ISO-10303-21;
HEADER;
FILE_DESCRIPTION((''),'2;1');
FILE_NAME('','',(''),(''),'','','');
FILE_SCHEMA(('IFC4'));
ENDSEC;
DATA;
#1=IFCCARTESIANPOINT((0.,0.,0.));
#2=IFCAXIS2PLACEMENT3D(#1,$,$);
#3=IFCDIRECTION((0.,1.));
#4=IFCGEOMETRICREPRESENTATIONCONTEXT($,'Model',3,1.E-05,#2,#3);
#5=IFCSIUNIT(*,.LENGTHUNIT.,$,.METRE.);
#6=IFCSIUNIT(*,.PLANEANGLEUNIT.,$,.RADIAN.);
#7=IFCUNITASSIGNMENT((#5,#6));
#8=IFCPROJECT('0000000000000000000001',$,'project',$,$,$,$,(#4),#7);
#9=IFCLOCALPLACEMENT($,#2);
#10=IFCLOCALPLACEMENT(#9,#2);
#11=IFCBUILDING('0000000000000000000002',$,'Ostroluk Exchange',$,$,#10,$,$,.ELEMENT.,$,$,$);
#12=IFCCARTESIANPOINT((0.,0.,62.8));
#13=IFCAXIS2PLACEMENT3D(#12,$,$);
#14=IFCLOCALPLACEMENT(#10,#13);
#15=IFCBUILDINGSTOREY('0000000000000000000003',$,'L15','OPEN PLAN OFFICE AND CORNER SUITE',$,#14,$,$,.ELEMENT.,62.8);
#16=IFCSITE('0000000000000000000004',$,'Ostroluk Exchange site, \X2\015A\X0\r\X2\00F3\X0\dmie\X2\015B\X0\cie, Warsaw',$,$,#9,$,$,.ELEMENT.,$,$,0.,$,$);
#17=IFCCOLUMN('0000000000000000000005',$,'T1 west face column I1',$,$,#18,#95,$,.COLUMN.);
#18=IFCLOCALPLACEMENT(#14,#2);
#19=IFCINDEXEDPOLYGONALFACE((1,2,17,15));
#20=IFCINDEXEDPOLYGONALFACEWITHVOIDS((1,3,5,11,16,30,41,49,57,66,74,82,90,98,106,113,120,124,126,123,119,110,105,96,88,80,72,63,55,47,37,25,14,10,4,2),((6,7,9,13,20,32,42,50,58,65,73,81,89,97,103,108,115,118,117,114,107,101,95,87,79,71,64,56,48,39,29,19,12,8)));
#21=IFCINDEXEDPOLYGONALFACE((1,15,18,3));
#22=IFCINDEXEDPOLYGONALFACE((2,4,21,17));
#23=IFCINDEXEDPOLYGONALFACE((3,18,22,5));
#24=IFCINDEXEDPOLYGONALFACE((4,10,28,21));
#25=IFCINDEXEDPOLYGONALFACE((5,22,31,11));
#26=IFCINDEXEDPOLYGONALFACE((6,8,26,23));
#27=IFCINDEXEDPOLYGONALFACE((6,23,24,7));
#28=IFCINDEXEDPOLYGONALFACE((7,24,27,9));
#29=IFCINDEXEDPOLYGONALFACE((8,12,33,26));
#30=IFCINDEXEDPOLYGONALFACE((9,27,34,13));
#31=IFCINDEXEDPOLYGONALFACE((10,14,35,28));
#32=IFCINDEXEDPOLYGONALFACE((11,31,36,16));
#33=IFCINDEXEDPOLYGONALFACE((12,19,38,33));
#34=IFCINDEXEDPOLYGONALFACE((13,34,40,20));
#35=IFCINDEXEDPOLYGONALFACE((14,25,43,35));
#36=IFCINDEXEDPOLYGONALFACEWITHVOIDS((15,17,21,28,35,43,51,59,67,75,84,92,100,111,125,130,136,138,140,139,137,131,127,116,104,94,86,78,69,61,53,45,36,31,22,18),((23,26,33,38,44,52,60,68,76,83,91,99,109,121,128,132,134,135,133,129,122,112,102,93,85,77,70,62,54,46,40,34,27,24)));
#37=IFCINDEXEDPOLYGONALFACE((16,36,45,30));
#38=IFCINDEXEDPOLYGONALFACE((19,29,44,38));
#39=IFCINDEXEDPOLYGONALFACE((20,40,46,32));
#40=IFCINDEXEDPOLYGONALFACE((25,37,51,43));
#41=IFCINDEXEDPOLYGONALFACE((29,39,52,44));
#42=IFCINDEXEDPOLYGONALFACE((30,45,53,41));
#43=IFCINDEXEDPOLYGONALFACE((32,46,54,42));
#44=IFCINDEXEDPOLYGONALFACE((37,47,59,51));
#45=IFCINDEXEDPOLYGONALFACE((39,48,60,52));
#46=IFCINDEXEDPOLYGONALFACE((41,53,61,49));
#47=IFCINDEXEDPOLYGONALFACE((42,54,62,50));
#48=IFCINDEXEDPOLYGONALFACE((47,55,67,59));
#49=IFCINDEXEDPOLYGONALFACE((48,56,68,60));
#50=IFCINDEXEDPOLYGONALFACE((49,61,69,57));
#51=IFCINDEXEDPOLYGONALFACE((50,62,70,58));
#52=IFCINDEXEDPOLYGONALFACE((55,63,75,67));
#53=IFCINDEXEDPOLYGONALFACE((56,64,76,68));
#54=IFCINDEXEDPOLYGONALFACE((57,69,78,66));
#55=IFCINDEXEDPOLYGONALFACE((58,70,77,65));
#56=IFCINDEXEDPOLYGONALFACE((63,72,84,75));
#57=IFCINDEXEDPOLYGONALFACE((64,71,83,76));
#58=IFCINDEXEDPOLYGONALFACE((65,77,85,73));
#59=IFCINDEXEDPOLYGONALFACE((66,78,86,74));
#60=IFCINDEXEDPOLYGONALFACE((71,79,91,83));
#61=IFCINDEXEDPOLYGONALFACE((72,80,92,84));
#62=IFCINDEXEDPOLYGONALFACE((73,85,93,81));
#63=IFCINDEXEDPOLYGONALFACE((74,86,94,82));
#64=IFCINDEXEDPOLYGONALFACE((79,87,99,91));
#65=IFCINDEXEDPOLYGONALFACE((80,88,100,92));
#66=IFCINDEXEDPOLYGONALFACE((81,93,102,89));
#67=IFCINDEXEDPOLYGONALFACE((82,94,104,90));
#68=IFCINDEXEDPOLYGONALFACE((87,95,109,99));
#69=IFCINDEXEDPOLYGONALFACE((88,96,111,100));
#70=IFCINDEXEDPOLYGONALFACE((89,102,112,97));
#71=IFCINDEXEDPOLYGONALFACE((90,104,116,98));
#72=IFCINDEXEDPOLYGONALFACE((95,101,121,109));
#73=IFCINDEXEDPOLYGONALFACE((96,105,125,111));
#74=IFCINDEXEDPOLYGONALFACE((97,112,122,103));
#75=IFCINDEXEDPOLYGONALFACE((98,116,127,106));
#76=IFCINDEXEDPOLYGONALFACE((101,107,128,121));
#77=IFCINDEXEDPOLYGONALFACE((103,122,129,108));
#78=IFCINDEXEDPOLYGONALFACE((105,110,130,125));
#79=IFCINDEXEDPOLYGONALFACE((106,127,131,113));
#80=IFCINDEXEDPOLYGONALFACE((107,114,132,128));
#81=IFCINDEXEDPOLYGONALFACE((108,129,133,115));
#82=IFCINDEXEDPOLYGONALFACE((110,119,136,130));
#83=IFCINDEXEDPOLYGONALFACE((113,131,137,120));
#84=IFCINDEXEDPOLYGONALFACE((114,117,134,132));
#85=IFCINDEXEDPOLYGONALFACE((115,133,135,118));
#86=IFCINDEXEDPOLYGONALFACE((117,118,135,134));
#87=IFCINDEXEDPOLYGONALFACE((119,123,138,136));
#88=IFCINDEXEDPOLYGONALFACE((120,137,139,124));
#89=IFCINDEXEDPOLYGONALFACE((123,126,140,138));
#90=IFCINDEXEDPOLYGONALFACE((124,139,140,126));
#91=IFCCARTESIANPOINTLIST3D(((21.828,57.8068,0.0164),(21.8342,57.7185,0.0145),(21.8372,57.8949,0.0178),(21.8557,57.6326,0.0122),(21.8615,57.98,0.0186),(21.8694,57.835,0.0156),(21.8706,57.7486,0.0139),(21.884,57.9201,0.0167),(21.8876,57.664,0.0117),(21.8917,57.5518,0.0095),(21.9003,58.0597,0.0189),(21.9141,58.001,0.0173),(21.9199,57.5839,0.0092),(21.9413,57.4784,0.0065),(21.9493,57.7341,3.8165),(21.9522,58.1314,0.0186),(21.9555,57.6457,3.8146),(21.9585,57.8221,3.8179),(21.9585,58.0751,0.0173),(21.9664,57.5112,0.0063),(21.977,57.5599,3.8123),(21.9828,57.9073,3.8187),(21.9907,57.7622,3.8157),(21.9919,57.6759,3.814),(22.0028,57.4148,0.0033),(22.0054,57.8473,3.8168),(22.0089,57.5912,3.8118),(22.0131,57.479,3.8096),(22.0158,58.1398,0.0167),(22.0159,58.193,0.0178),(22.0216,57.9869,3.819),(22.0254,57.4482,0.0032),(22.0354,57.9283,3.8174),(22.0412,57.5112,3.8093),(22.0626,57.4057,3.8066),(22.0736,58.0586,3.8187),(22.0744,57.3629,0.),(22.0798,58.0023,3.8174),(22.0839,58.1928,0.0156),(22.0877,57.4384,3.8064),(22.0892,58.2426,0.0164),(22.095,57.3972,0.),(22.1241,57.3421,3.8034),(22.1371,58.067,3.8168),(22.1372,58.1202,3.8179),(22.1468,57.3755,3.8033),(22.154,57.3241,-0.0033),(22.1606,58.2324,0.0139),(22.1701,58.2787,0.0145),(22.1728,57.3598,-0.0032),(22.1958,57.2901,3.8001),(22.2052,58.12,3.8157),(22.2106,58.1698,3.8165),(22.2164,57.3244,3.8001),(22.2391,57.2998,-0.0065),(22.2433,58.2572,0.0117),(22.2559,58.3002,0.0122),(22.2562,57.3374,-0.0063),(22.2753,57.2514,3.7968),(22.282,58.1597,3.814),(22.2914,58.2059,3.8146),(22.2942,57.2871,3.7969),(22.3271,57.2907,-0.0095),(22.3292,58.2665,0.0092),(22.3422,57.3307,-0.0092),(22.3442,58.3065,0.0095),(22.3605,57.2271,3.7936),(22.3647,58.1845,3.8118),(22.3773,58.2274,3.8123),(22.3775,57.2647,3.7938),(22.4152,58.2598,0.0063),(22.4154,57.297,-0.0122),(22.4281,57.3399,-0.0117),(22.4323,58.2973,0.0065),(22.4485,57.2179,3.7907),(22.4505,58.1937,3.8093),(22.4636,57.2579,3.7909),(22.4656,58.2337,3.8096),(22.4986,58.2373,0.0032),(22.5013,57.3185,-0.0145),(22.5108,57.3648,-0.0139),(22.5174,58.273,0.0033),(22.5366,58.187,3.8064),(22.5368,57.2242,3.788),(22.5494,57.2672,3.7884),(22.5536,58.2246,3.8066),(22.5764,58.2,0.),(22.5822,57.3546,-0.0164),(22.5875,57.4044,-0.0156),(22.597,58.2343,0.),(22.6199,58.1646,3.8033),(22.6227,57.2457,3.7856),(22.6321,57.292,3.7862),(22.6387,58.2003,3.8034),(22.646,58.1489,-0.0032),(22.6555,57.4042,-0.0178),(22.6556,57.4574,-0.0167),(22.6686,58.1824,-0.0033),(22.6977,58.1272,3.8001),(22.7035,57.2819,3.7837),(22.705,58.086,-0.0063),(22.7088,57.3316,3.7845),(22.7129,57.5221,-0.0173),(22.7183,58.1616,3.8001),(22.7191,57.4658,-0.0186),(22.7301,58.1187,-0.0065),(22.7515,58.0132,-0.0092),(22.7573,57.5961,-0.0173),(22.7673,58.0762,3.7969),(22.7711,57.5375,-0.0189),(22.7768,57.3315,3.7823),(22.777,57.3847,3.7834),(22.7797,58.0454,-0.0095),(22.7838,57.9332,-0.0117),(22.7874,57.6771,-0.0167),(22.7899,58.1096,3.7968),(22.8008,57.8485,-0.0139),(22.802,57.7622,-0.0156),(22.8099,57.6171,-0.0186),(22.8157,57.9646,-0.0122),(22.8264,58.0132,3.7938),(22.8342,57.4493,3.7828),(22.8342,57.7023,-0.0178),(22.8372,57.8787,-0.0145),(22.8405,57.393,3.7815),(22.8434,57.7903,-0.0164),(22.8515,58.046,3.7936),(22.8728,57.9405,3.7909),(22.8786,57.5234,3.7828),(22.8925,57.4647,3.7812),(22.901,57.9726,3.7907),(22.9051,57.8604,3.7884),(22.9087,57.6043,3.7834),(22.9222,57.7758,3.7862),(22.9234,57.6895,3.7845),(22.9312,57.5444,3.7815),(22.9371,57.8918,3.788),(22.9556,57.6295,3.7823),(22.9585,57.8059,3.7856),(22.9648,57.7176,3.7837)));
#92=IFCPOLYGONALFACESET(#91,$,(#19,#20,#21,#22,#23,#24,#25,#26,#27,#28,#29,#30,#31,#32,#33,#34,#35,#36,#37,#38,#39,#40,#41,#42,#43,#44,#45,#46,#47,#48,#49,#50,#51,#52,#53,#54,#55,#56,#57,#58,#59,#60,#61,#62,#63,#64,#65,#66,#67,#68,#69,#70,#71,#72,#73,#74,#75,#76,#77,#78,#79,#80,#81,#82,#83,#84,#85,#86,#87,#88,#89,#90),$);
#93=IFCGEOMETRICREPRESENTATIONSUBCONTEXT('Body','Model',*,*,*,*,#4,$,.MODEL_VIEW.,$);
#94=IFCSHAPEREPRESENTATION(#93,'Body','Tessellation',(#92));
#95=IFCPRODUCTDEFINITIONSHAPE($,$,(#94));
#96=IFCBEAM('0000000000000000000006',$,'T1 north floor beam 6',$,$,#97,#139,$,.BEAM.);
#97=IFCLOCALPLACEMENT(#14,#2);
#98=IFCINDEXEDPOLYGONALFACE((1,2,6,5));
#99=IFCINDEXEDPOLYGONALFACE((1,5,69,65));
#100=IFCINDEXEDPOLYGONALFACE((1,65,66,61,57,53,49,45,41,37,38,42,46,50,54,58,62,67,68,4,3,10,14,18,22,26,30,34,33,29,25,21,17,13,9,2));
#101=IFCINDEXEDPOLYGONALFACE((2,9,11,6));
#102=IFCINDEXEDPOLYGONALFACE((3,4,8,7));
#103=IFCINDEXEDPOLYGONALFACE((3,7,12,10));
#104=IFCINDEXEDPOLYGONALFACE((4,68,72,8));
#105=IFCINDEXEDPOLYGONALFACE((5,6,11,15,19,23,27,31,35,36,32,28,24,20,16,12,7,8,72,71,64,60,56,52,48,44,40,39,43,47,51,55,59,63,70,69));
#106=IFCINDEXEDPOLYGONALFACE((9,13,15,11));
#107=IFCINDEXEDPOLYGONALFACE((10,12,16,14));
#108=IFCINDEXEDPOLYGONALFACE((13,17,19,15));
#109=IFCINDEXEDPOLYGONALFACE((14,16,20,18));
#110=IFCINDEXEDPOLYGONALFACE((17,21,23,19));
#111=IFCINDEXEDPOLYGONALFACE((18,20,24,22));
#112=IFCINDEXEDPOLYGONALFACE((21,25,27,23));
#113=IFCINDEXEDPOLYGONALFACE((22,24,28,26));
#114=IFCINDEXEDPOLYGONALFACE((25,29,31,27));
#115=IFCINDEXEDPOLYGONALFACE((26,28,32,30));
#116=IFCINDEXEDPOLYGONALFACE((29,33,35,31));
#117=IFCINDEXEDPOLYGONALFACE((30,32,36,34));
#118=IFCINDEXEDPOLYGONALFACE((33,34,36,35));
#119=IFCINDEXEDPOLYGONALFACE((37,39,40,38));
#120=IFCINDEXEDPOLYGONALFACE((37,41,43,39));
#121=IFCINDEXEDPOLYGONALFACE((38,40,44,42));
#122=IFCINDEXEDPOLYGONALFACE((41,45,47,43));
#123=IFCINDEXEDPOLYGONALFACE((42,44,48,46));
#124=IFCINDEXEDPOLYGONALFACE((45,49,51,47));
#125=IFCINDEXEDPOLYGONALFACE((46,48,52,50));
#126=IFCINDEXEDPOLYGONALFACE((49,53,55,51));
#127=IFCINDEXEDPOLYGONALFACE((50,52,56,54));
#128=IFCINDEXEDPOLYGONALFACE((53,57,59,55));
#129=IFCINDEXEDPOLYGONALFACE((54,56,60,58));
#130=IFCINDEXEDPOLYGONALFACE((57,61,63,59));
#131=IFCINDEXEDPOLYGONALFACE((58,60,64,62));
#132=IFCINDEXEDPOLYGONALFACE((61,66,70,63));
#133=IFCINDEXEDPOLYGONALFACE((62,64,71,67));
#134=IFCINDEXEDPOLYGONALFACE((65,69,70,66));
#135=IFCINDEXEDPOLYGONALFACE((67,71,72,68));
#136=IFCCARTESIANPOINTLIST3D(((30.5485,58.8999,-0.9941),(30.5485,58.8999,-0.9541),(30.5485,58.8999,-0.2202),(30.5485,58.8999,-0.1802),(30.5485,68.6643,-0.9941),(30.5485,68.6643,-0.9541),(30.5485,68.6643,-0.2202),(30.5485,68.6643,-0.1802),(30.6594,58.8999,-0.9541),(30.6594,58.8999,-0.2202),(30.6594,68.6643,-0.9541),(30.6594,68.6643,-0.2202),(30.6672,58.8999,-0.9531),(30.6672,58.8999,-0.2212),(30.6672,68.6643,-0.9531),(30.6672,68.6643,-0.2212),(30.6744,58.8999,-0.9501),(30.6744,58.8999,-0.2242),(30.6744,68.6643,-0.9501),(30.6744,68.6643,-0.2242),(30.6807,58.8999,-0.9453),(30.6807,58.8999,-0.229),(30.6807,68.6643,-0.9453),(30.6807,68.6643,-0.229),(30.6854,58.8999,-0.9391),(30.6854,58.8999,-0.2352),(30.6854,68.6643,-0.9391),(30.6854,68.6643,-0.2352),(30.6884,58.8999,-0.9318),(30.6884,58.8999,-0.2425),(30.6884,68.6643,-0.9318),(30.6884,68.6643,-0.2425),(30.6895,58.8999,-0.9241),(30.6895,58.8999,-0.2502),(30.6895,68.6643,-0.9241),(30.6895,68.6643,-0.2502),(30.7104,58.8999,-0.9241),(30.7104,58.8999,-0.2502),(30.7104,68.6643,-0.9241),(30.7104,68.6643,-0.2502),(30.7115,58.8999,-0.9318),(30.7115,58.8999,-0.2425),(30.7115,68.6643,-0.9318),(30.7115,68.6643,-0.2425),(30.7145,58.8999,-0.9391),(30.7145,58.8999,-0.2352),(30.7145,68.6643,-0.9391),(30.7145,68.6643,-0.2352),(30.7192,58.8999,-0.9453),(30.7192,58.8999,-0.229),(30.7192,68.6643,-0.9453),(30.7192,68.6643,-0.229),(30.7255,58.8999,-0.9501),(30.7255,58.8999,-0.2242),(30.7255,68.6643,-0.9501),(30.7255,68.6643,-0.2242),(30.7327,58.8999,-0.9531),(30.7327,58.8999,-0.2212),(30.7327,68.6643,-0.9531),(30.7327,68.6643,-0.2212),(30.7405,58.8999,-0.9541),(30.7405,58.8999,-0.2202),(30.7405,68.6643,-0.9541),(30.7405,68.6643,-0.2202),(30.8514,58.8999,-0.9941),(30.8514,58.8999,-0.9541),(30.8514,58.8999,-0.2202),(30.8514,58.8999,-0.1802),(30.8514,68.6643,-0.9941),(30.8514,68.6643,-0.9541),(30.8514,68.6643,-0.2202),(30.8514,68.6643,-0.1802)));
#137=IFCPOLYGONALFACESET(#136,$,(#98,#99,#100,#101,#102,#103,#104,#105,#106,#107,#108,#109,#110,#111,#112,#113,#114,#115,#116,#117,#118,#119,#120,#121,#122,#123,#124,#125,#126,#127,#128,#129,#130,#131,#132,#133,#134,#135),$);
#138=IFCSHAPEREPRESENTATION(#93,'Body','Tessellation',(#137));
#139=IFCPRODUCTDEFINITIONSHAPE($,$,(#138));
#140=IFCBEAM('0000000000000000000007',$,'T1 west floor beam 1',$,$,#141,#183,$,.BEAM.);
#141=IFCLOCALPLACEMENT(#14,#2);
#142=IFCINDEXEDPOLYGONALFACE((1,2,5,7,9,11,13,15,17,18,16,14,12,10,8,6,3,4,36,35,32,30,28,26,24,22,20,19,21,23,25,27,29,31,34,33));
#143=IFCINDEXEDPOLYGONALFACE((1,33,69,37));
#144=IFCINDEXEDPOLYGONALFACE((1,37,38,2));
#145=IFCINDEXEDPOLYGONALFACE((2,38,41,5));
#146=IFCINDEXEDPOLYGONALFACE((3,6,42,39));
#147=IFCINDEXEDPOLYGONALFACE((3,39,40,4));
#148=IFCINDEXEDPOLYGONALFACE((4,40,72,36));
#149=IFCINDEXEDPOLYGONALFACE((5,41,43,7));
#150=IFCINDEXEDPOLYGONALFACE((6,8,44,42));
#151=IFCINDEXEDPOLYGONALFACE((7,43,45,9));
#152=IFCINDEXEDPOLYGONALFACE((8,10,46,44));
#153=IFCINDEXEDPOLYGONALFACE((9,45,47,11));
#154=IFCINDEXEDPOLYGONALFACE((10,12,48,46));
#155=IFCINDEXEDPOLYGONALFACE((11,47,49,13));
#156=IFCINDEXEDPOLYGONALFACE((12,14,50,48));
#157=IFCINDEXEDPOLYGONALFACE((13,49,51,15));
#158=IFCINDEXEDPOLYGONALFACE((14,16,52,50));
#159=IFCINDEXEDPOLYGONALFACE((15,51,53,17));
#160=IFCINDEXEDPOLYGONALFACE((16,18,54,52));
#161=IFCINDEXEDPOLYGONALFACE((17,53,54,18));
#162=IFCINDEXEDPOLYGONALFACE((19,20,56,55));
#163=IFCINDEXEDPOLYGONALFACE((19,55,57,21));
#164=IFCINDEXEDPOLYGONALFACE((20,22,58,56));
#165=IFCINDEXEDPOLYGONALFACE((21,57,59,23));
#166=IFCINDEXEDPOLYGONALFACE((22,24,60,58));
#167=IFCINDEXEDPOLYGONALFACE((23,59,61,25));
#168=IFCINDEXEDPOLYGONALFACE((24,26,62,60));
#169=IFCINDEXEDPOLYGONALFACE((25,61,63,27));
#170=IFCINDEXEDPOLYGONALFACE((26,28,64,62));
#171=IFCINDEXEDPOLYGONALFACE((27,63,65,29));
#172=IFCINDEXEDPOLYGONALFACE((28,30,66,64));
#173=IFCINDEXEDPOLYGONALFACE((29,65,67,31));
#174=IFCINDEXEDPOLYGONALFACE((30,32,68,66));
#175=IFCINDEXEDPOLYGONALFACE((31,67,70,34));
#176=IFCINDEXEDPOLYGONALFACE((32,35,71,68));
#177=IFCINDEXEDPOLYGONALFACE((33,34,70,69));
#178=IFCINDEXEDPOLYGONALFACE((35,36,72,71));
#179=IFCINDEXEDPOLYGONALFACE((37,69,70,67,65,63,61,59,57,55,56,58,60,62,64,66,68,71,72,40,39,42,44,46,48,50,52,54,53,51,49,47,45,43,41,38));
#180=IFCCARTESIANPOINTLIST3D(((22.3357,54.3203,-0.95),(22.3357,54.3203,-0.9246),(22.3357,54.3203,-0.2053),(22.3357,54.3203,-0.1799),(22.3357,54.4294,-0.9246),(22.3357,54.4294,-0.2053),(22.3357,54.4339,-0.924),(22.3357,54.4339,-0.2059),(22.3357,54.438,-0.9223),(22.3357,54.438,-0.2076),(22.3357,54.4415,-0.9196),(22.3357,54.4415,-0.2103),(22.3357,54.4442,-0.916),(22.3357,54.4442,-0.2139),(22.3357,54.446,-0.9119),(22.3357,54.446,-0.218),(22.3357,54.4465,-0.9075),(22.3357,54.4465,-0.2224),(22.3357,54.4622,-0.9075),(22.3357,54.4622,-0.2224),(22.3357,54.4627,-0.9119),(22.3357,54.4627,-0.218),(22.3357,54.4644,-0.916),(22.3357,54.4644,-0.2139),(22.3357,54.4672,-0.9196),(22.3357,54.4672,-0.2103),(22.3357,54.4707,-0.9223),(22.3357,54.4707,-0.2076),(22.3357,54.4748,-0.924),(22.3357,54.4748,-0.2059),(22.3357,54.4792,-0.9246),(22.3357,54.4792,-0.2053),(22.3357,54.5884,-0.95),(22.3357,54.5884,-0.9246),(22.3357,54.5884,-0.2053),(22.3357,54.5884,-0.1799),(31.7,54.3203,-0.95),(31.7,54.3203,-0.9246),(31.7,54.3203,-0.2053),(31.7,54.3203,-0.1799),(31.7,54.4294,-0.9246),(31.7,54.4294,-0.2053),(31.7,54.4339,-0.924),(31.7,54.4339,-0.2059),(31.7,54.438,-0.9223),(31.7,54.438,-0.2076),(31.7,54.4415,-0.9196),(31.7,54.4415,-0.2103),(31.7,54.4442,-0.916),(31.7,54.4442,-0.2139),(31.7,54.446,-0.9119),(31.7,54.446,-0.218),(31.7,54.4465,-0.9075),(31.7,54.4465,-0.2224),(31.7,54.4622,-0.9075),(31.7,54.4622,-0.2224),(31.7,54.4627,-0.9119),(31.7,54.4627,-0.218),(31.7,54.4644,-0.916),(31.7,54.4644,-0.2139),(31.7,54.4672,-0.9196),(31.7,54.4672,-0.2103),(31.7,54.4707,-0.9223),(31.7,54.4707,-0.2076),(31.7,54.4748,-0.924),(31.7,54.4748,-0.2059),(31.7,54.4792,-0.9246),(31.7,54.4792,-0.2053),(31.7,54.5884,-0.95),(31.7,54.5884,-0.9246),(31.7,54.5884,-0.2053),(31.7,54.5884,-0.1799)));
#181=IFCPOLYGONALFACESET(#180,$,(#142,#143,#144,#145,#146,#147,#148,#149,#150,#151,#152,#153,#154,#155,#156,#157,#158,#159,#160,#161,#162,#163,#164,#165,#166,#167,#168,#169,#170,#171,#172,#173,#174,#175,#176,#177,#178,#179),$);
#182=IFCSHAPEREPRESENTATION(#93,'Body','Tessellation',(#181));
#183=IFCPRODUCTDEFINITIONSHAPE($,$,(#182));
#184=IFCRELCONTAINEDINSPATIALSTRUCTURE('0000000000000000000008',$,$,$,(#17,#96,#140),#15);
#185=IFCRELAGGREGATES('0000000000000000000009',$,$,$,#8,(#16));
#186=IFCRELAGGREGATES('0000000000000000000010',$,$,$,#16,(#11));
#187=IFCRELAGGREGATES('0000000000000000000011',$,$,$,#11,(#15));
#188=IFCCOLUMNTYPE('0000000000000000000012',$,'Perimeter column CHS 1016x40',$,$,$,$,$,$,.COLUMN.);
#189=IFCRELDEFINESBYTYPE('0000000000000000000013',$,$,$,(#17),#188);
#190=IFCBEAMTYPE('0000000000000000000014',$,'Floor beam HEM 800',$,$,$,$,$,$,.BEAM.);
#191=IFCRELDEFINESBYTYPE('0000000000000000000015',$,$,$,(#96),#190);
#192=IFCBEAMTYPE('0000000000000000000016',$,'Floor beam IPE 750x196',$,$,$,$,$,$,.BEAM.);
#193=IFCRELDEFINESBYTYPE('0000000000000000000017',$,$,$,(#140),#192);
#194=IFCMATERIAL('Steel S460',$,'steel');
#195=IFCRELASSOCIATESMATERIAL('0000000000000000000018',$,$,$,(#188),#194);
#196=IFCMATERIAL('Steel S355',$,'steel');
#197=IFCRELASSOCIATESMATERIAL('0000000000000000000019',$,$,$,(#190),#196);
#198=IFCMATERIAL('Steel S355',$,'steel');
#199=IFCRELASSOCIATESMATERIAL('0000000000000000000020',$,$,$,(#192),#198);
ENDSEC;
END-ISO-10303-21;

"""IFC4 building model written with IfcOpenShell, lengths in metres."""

from ifc_helpers import new_model, si_unit, direction, frame, origin, origin_2d, place, context, subcontext, project, spatial, hollow_circle, i_section, extrude, material, material_profile, profile_set, type_object, element, save


model = new_model("IFC4")

# Units and contexts
model_context = context("Model", 3, precision=1e-05, world=origin(), true_north=direction((0.0, 1.0)))
body_context = subcontext(model_context, "Body", "Model", "MODEL_VIEW")
ifc_project = project(units=[si_unit("LENGTHUNIT", "METRE"), si_unit("PLANEANGLEUNIT", "RADIAN")], contexts=[model_context])

# Site, building, storey
site_placement = place(None, origin())
site = spatial("IfcSite", under=ifc_project, at=site_placement, Name="Ostroluk Exchange site, Śródmieście, Warsaw", CompositionType="ELEMENT", RefElevation=0.0)
building_placement = place(site_placement, origin())
building = spatial("IfcBuilding", under=site, at=building_placement, Name="Ostroluk Exchange", CompositionType="ELEMENT")
storey_placement = place(building_placement, frame((0.0, 0.0, 62.8)))
storey = spatial("IfcBuildingStorey", under=building, at=storey_placement, Name="L15", Description="OPEN PLAN OFFICE AND CORNER SUITE", CompositionType="ELEMENT", Elevation=62.8)

# Column
ifc_material_1 = material(Name="Steel S460", Category="steel")
ifc_material_profile_1 = material_profile(ifc_material_1, hollow_circle(Radius=0.5081, WallThickness=0.04, at=origin_2d()), Name="CHS 1016x40")
ifc_profile_set_1 = profile_set([ifc_material_profile_1], Name="Steel S460")
column_type = type_object("IfcColumnType", Name="Perimeter column CHS 1016x40", PredefinedType="COLUMN", material=ifc_profile_set_1)
column_placement = place(storey_placement, frame((22.3357, 57.7986, 0.0), z_axis=(0.031909, -0.019132, 0.999308), x_axis=(0.514242, 0.857645, 0.0)))
element("IfcColumn", 1, at=column_placement, inside=storey, type_object=column_type, Name="T1 west face column I1", PredefinedType="COLUMN", context=body_context, shape_type="SweptSolid", body=[
    extrude(hollow_circle(Radius=0.5081, WallThickness=0.04, at=origin_2d()), origin(), (0.0, 0.0, 1.0), 3.8027),
])

# Beams
ifc_material_2 = material(Name="Steel S355", Category="steel")
ifc_material_profile_2 = material_profile(ifc_material_2, i_section(OverallWidth=0.303, OverallDepth=0.814, WebThickness=0.021, FlangeThickness=0.04, FilletRadius=0.03, at=origin_2d()), Name="HEM 800")
ifc_profile_set_2 = profile_set([ifc_material_profile_2], Name="Steel S355")
beam_type_1 = type_object("IfcBeamType", Name="Floor beam HEM 800", PredefinedType="BEAM", material=ifc_profile_set_2)
beam_placement = place(storey_placement, frame((30.7, 58.8999, -0.5872), z_axis=(0.0, 1.0, 0.0), x_axis=(-1.0, 0.0, 0.0)))
element("IfcBeam", 2, at=beam_placement, inside=storey, type_object=beam_type_1, Name="T1 north floor beam 6", PredefinedType="BEAM", context=body_context, shape_type="SweptSolid", body=[
    extrude(i_section(OverallWidth=0.303, OverallDepth=0.814, WebThickness=0.021, FlangeThickness=0.04, FilletRadius=0.03, at=origin_2d()), origin(), (0.0, 0.0, 1.0), 9.7644),
])
ifc_material_3 = material(Name="Steel S355", Category="steel")
ifc_material_profile_3 = material_profile(ifc_material_3, i_section(OverallWidth=0.2681, OverallDepth=0.77, WebThickness=0.0156, FlangeThickness=0.0254, FilletRadius=0.0171, at=origin_2d()), Name="IPE 750x196")
ifc_profile_set_3 = profile_set([ifc_material_profile_3], Name="Steel S355")
beam_type_2 = type_object("IfcBeamType", Name="Floor beam IPE 750x196", PredefinedType="BEAM", material=ifc_profile_set_3)
for number, where, z_axis, x_axis, name in (
    (3, (31.7, 54.4543, -0.5649), (-1.0, 0.0, 0.0), (0.0, -1.0, 0.0), "T1 west floor beam 1"),
):
    element("IfcBeam", number, at=place(storey_placement, frame(where, z_axis=z_axis, x_axis=x_axis)), inside=storey, type_object=beam_type_2, Name=name, PredefinedType="BEAM", context=body_context, shape_type="SweptSolid", body=[
        extrude(i_section(OverallWidth=0.2681, OverallDepth=0.77, WebThickness=0.0156, FlangeThickness=0.0254, FilletRadius=0.0171, at=origin_2d()), origin(), (0.0, 0.0, 1.0), 9.3643),
    ])

save(model, "model.ifc")
